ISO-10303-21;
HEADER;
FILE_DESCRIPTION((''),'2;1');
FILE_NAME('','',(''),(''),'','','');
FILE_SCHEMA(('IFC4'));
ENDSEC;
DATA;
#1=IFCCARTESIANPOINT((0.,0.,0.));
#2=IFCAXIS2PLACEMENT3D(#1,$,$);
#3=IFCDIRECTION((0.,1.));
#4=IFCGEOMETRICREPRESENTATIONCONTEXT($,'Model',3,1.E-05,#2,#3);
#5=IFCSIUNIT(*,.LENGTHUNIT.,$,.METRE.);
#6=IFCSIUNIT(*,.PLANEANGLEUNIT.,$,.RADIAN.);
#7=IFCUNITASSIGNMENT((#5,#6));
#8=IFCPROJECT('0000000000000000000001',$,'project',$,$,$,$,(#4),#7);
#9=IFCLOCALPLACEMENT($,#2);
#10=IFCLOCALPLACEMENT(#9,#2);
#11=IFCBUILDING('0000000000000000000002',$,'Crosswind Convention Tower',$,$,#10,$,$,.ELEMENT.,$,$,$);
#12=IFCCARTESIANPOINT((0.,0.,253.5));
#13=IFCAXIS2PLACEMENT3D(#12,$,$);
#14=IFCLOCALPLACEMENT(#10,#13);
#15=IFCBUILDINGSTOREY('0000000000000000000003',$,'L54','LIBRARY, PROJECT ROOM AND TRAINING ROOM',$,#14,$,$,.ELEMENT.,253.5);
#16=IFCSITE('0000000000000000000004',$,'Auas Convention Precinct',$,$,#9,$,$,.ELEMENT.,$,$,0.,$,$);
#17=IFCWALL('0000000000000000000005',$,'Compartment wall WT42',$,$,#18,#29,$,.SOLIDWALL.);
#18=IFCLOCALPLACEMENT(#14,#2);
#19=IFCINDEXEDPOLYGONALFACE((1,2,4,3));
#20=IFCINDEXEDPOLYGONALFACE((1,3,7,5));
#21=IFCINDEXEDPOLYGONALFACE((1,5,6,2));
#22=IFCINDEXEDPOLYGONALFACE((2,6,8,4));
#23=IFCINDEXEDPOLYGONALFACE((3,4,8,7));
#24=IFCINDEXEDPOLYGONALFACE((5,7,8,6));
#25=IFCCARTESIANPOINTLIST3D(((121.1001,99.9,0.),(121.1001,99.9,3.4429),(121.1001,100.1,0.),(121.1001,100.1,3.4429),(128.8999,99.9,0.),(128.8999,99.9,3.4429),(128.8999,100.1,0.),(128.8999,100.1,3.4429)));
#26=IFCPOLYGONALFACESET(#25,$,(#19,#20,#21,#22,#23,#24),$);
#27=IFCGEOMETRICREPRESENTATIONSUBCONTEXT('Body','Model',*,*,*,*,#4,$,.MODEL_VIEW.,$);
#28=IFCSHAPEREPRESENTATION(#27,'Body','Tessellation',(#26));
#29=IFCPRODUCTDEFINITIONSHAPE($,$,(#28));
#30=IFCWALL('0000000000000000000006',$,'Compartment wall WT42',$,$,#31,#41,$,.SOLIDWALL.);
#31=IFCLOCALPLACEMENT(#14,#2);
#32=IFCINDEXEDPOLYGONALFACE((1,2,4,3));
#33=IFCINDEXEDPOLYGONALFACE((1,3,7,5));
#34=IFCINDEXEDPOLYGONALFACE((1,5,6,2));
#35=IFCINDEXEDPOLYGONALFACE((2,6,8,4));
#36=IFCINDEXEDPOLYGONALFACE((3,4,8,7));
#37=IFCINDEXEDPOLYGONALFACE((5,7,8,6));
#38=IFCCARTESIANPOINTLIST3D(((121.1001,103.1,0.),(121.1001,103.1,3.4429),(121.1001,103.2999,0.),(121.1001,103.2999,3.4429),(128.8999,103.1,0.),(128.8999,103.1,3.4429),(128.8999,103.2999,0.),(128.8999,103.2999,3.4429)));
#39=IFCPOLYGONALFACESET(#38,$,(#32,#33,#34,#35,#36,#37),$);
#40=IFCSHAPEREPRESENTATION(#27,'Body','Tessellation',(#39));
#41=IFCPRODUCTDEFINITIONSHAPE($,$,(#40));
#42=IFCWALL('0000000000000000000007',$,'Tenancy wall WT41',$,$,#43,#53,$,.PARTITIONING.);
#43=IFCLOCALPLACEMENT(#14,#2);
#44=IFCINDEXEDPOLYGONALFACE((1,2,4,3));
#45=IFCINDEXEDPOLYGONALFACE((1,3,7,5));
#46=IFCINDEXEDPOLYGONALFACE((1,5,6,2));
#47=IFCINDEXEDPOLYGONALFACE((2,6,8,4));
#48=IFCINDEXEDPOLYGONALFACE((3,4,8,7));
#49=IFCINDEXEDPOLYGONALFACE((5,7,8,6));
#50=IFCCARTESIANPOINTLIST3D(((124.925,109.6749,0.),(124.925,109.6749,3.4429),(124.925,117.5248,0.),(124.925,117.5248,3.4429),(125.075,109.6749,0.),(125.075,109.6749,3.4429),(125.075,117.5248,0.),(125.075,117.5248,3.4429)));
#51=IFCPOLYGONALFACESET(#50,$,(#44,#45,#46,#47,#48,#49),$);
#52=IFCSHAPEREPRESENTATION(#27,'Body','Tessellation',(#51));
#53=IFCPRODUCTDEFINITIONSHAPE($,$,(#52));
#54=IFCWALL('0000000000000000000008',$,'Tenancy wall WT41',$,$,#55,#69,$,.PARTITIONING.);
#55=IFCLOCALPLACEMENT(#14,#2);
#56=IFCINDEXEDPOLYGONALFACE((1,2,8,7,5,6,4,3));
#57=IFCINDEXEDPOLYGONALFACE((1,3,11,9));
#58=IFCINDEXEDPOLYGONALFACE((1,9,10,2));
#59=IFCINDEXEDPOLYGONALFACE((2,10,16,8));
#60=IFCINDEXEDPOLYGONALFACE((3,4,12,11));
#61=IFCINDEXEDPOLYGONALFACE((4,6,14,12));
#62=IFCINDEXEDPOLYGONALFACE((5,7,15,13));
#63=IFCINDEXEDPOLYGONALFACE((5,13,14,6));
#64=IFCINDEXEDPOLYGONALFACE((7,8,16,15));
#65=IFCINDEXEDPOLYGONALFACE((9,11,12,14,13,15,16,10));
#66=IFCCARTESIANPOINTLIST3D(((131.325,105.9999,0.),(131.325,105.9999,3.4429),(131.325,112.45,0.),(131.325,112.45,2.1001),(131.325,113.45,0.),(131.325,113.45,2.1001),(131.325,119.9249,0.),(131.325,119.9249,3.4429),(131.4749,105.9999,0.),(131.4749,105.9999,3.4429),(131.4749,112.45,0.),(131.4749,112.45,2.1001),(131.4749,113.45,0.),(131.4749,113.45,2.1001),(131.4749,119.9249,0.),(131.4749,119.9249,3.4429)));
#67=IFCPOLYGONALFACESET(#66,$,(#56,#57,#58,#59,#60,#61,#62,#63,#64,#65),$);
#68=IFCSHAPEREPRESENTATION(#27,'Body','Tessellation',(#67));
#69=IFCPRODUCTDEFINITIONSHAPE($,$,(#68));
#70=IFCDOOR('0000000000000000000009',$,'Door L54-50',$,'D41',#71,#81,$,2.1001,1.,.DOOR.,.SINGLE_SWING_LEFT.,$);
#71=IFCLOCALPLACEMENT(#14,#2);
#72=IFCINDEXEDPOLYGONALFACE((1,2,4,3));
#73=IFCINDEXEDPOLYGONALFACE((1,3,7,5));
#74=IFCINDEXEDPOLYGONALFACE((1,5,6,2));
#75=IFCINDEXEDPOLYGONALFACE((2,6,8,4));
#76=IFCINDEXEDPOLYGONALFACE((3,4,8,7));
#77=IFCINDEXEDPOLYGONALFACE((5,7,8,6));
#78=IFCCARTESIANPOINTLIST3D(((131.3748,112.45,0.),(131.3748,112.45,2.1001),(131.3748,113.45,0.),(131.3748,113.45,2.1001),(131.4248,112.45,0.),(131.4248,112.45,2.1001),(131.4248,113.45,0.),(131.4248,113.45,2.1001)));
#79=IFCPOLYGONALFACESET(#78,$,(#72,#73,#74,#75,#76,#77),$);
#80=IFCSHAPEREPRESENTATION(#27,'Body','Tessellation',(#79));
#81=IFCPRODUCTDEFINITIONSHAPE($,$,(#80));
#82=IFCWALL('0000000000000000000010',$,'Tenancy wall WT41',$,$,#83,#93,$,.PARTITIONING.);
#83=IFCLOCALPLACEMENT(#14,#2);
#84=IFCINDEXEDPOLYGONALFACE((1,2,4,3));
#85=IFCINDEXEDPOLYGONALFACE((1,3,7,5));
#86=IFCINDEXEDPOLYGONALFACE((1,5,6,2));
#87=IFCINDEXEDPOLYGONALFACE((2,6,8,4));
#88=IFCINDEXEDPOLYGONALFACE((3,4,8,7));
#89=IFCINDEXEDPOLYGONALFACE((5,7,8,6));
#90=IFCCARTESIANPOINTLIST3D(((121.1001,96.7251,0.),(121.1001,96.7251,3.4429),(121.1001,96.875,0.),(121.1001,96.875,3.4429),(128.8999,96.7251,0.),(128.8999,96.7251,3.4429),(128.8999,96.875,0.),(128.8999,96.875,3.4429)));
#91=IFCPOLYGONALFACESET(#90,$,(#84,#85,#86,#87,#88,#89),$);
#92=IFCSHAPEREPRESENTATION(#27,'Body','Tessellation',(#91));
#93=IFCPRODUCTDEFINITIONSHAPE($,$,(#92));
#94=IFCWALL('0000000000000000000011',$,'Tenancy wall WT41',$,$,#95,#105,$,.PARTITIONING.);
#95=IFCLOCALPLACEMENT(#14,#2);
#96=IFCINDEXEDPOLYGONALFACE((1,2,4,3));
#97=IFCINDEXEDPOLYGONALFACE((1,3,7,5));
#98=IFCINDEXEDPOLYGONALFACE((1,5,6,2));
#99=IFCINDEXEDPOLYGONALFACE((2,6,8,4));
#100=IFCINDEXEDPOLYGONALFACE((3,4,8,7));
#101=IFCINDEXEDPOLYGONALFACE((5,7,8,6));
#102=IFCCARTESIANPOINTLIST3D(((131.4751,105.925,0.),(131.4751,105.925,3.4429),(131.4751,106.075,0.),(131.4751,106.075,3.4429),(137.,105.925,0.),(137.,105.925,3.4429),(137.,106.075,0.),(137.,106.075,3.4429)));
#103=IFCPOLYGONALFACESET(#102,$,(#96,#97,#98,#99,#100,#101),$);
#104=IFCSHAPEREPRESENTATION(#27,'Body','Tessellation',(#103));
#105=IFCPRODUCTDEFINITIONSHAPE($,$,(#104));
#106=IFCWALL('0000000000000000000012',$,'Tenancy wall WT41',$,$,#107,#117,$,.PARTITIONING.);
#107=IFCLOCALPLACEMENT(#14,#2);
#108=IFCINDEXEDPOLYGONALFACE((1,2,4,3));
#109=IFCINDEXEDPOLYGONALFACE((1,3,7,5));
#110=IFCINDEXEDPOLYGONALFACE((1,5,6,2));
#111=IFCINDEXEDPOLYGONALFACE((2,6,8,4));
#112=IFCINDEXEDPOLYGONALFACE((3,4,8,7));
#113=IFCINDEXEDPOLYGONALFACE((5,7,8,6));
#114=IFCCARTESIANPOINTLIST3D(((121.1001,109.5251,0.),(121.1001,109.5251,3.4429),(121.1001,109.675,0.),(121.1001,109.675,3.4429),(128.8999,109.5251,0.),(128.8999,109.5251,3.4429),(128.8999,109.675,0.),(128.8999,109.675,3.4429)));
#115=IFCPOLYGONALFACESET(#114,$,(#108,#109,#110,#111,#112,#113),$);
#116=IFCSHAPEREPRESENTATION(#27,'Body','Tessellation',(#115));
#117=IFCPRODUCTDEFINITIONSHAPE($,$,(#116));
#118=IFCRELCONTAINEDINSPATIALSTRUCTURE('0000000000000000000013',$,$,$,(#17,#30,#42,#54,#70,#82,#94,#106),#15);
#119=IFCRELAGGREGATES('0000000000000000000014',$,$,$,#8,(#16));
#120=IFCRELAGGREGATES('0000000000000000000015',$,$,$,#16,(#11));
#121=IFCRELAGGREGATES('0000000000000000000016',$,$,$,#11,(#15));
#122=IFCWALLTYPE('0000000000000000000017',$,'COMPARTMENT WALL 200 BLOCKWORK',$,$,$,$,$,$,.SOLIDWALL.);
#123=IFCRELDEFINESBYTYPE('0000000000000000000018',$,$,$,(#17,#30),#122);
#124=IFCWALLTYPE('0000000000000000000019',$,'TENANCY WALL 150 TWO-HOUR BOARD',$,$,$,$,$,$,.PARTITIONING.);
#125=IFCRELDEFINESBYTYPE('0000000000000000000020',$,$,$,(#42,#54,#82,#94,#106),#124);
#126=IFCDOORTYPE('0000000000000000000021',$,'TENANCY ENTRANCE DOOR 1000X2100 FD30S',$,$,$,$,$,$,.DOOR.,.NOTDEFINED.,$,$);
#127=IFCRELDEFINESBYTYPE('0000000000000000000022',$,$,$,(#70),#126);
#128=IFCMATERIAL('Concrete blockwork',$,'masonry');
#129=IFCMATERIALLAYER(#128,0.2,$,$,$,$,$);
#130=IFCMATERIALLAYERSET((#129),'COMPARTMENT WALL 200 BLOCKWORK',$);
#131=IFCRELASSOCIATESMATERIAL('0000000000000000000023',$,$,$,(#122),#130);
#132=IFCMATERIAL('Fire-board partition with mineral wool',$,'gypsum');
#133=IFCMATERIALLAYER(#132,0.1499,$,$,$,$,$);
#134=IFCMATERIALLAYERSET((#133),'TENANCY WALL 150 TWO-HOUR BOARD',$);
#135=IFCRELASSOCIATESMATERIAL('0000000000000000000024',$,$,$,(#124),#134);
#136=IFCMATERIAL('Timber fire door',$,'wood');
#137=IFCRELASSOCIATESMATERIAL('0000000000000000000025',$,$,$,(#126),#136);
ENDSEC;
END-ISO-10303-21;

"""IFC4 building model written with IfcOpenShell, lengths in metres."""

from ifc_helpers import new_model, si_unit, direction, frame, frame_2d, origin, place, context, subcontext, project, spatial, rectangle, extrude, material, layer, layer_set, type_object, element, fill, save


model = new_model("IFC4")

# Units and contexts
model_context = context("Model", 3, precision=1e-05, world=origin(), true_north=direction((0.0, 1.0)))
body_context = subcontext(model_context, "Body", "Model", "MODEL_VIEW")
ifc_project = project(units=[si_unit("LENGTHUNIT", "METRE"), si_unit("PLANEANGLEUNIT", "RADIAN")], contexts=[model_context])

# Site, building, storey
site_placement = place(None, origin())
site = spatial("IfcSite", under=ifc_project, at=site_placement, Name="Auas Convention Precinct", CompositionType="ELEMENT", RefElevation=0.0)
building_placement = place(site_placement, origin())
building = spatial("IfcBuilding", under=site, at=building_placement, Name="Crosswind Convention Tower", CompositionType="ELEMENT")
storey_placement = place(building_placement, frame((0.0, 0.0, 253.5)))
storey = spatial("IfcBuildingStorey", under=building, at=storey_placement, Name="L54", Description="LIBRARY, PROJECT ROOM AND TRAINING ROOM", CompositionType="ELEMENT", Elevation=253.5)

# Walls
ifc_material_1 = material(Name="Concrete blockwork", Category="masonry")
ifc_layer_1 = layer(ifc_material_1, 0.2)
ifc_layer_set_1 = layer_set([ifc_layer_1], Name="COMPARTMENT WALL 200 BLOCKWORK")
wall_type_1 = type_object("IfcWallType", Name="COMPARTMENT WALL 200 BLOCKWORK", PredefinedType="SOLIDWALL", material=ifc_layer_set_1)
for number, where, z_axis, x_axis, name in (
    (1, (121.1001, 100.0, 0.0), (0.0, 0.0, 1.0), (1.0, 0.0, 0.0), "Compartment wall WT42"),
    (2, (121.1001, 103.2, 0.0), (0.0, 0.0, 1.0), (1.0, 0.0, 0.0), "Compartment wall WT42"),
):
    element("IfcWall", number, at=place(storey_placement, frame(where, z_axis=z_axis, x_axis=x_axis)), inside=storey, type_object=wall_type_1, Name=name, PredefinedType="SOLIDWALL", context=body_context, shape_type="SweptSolid", body=[
        extrude(rectangle(XDim=7.7998, YDim=0.2, at=frame_2d((3.8999, 0.0))), origin(), (0.0, 0.0, 1.0), 3.4429),
    ])
ifc_material_2 = material(Name="Fire-board partition with mineral wool", Category="gypsum")
ifc_layer_2 = layer(ifc_material_2, 0.1499)
ifc_layer_set_2 = layer_set([ifc_layer_2], Name="TENANCY WALL 150 TWO-HOUR BOARD")
wall_type_2 = type_object("IfcWallType", Name="TENANCY WALL 150 TWO-HOUR BOARD", PredefinedType="PARTITIONING", material=ifc_layer_set_2)
wall_1_placement = place(storey_placement, frame((125.0, 109.675, 0.0), z_axis=(0.0, 0.0, 1.0), x_axis=(0.0, 1.0, 0.0)))
element("IfcWall", 3, at=wall_1_placement, inside=storey, type_object=wall_type_2, Name="Tenancy wall WT41", PredefinedType="PARTITIONING", context=body_context, shape_type="SweptSolid", body=[
    extrude(rectangle(XDim=7.8499, YDim=0.1499, at=frame_2d((3.9248, 0.0))), origin(), (0.0, 0.0, 1.0), 3.4429),
])

# Wall, opening, door
wall_2_placement = place(storey_placement, frame((131.3999, 106.0, 0.0), z_axis=(0.0, 0.0, 1.0), x_axis=(0.0, 1.0, 0.0)))
wall_2 = element("IfcWall", 4, at=wall_2_placement, inside=storey, type_object=wall_type_2, Name="Tenancy wall WT41", PredefinedType="PARTITIONING", context=body_context, shape_type="SweptSolid", body=[
    extrude(rectangle(XDim=13.925, YDim=0.1499, at=frame_2d((6.9624, 0.0))), origin(), (0.0, 0.0, 1.0), 3.4429),
])
opening_placement = place(wall_2_placement, frame((6.45, 0.0, 0.0)))
opening = element("IfcOpeningElement", 5, at=opening_placement, cuts=wall_2, PredefinedType="OPENING", context=body_context, shape_type="SweptSolid", body=[
    extrude(rectangle(XDim=1.0, YDim=2.1001, at=frame_2d((0.5, 1.05))), frame((0.0, 0.085, 0.0), z_axis=(0.0, -1.0, 0.0), x_axis=(1.0, 0.0, 0.0)), (0.0, 0.0, 1.0), 0.1699),
])
ifc_material_3 = material(Name="Timber fire door", Category="wood")
door_type = type_object("IfcDoorType", Name="TENANCY ENTRANCE DOOR 1000X2100 FD30S", OperationType="NOTDEFINED", PredefinedType="DOOR", material=ifc_material_3)
door_placement = place(opening_placement, frame((1.0, 0.0, 0.0), z_axis=(0.0, 0.0, 1.0), x_axis=(-1.0, 0.0, 0.0)))
door = element("IfcDoor", 6, at=door_placement, inside=storey, type_object=door_type, Name="Door L54-50", ObjectType="D41", OperationType="SINGLE_SWING_LEFT", OverallHeight=2.1001, OverallWidth=1.0, PredefinedType="DOOR", context=body_context, shape_type="SweptSolid", body=[
    extrude(rectangle(XDim=1.0, YDim=2.1001, at=frame_2d((0.5, 1.05))), frame((0.0, 0.0249, 0.0), z_axis=(0.0, -1.0, 0.0), x_axis=(1.0, 0.0, 0.0)), (0.0, 0.0, 1.0), 0.05),
])
fill(opening, door)

# Walls
wall_3_placement = place(storey_placement, frame((121.1001, 96.8, 0.0), z_axis=(0.0, 0.0, 1.0), x_axis=(1.0, 0.0, 0.0)))
element("IfcWall", 7, at=wall_3_placement, inside=storey, type_object=wall_type_2, Name="Tenancy wall WT41", PredefinedType="PARTITIONING", context=body_context, shape_type="SweptSolid", body=[
    extrude(rectangle(XDim=7.7998, YDim=0.1499, at=frame_2d((3.8999, 0.0))), origin(), (0.0, 0.0, 1.0), 3.4429),
])
wall_4_placement = place(storey_placement, frame((131.4751, 106.0, 0.0), z_axis=(0.0, 0.0, 1.0), x_axis=(1.0, 0.0, 0.0)))
element("IfcWall", 8, at=wall_4_placement, inside=storey, type_object=wall_type_2, Name="Tenancy wall WT41", PredefinedType="PARTITIONING", context=body_context, shape_type="SweptSolid", body=[
    extrude(rectangle(XDim=5.5249, YDim=0.1499, at=frame_2d((2.7625, 0.0))), origin(), (0.0, 0.0, 1.0), 3.4429),
])
wall_5_placement = place(storey_placement, frame((121.1001, 109.6001, 0.0), z_axis=(0.0, 0.0, 1.0), x_axis=(1.0, 0.0, 0.0)))
element("IfcWall", 9, at=wall_5_placement, inside=storey, type_object=wall_type_2, Name="Tenancy wall WT41", PredefinedType="PARTITIONING", context=body_context, shape_type="SweptSolid", body=[
    extrude(rectangle(XDim=7.7998, YDim=0.1499, at=frame_2d((3.8999, 0.0))), origin(), (0.0, 0.0, 1.0), 3.4429),
])

save(model, "model.ifc")
